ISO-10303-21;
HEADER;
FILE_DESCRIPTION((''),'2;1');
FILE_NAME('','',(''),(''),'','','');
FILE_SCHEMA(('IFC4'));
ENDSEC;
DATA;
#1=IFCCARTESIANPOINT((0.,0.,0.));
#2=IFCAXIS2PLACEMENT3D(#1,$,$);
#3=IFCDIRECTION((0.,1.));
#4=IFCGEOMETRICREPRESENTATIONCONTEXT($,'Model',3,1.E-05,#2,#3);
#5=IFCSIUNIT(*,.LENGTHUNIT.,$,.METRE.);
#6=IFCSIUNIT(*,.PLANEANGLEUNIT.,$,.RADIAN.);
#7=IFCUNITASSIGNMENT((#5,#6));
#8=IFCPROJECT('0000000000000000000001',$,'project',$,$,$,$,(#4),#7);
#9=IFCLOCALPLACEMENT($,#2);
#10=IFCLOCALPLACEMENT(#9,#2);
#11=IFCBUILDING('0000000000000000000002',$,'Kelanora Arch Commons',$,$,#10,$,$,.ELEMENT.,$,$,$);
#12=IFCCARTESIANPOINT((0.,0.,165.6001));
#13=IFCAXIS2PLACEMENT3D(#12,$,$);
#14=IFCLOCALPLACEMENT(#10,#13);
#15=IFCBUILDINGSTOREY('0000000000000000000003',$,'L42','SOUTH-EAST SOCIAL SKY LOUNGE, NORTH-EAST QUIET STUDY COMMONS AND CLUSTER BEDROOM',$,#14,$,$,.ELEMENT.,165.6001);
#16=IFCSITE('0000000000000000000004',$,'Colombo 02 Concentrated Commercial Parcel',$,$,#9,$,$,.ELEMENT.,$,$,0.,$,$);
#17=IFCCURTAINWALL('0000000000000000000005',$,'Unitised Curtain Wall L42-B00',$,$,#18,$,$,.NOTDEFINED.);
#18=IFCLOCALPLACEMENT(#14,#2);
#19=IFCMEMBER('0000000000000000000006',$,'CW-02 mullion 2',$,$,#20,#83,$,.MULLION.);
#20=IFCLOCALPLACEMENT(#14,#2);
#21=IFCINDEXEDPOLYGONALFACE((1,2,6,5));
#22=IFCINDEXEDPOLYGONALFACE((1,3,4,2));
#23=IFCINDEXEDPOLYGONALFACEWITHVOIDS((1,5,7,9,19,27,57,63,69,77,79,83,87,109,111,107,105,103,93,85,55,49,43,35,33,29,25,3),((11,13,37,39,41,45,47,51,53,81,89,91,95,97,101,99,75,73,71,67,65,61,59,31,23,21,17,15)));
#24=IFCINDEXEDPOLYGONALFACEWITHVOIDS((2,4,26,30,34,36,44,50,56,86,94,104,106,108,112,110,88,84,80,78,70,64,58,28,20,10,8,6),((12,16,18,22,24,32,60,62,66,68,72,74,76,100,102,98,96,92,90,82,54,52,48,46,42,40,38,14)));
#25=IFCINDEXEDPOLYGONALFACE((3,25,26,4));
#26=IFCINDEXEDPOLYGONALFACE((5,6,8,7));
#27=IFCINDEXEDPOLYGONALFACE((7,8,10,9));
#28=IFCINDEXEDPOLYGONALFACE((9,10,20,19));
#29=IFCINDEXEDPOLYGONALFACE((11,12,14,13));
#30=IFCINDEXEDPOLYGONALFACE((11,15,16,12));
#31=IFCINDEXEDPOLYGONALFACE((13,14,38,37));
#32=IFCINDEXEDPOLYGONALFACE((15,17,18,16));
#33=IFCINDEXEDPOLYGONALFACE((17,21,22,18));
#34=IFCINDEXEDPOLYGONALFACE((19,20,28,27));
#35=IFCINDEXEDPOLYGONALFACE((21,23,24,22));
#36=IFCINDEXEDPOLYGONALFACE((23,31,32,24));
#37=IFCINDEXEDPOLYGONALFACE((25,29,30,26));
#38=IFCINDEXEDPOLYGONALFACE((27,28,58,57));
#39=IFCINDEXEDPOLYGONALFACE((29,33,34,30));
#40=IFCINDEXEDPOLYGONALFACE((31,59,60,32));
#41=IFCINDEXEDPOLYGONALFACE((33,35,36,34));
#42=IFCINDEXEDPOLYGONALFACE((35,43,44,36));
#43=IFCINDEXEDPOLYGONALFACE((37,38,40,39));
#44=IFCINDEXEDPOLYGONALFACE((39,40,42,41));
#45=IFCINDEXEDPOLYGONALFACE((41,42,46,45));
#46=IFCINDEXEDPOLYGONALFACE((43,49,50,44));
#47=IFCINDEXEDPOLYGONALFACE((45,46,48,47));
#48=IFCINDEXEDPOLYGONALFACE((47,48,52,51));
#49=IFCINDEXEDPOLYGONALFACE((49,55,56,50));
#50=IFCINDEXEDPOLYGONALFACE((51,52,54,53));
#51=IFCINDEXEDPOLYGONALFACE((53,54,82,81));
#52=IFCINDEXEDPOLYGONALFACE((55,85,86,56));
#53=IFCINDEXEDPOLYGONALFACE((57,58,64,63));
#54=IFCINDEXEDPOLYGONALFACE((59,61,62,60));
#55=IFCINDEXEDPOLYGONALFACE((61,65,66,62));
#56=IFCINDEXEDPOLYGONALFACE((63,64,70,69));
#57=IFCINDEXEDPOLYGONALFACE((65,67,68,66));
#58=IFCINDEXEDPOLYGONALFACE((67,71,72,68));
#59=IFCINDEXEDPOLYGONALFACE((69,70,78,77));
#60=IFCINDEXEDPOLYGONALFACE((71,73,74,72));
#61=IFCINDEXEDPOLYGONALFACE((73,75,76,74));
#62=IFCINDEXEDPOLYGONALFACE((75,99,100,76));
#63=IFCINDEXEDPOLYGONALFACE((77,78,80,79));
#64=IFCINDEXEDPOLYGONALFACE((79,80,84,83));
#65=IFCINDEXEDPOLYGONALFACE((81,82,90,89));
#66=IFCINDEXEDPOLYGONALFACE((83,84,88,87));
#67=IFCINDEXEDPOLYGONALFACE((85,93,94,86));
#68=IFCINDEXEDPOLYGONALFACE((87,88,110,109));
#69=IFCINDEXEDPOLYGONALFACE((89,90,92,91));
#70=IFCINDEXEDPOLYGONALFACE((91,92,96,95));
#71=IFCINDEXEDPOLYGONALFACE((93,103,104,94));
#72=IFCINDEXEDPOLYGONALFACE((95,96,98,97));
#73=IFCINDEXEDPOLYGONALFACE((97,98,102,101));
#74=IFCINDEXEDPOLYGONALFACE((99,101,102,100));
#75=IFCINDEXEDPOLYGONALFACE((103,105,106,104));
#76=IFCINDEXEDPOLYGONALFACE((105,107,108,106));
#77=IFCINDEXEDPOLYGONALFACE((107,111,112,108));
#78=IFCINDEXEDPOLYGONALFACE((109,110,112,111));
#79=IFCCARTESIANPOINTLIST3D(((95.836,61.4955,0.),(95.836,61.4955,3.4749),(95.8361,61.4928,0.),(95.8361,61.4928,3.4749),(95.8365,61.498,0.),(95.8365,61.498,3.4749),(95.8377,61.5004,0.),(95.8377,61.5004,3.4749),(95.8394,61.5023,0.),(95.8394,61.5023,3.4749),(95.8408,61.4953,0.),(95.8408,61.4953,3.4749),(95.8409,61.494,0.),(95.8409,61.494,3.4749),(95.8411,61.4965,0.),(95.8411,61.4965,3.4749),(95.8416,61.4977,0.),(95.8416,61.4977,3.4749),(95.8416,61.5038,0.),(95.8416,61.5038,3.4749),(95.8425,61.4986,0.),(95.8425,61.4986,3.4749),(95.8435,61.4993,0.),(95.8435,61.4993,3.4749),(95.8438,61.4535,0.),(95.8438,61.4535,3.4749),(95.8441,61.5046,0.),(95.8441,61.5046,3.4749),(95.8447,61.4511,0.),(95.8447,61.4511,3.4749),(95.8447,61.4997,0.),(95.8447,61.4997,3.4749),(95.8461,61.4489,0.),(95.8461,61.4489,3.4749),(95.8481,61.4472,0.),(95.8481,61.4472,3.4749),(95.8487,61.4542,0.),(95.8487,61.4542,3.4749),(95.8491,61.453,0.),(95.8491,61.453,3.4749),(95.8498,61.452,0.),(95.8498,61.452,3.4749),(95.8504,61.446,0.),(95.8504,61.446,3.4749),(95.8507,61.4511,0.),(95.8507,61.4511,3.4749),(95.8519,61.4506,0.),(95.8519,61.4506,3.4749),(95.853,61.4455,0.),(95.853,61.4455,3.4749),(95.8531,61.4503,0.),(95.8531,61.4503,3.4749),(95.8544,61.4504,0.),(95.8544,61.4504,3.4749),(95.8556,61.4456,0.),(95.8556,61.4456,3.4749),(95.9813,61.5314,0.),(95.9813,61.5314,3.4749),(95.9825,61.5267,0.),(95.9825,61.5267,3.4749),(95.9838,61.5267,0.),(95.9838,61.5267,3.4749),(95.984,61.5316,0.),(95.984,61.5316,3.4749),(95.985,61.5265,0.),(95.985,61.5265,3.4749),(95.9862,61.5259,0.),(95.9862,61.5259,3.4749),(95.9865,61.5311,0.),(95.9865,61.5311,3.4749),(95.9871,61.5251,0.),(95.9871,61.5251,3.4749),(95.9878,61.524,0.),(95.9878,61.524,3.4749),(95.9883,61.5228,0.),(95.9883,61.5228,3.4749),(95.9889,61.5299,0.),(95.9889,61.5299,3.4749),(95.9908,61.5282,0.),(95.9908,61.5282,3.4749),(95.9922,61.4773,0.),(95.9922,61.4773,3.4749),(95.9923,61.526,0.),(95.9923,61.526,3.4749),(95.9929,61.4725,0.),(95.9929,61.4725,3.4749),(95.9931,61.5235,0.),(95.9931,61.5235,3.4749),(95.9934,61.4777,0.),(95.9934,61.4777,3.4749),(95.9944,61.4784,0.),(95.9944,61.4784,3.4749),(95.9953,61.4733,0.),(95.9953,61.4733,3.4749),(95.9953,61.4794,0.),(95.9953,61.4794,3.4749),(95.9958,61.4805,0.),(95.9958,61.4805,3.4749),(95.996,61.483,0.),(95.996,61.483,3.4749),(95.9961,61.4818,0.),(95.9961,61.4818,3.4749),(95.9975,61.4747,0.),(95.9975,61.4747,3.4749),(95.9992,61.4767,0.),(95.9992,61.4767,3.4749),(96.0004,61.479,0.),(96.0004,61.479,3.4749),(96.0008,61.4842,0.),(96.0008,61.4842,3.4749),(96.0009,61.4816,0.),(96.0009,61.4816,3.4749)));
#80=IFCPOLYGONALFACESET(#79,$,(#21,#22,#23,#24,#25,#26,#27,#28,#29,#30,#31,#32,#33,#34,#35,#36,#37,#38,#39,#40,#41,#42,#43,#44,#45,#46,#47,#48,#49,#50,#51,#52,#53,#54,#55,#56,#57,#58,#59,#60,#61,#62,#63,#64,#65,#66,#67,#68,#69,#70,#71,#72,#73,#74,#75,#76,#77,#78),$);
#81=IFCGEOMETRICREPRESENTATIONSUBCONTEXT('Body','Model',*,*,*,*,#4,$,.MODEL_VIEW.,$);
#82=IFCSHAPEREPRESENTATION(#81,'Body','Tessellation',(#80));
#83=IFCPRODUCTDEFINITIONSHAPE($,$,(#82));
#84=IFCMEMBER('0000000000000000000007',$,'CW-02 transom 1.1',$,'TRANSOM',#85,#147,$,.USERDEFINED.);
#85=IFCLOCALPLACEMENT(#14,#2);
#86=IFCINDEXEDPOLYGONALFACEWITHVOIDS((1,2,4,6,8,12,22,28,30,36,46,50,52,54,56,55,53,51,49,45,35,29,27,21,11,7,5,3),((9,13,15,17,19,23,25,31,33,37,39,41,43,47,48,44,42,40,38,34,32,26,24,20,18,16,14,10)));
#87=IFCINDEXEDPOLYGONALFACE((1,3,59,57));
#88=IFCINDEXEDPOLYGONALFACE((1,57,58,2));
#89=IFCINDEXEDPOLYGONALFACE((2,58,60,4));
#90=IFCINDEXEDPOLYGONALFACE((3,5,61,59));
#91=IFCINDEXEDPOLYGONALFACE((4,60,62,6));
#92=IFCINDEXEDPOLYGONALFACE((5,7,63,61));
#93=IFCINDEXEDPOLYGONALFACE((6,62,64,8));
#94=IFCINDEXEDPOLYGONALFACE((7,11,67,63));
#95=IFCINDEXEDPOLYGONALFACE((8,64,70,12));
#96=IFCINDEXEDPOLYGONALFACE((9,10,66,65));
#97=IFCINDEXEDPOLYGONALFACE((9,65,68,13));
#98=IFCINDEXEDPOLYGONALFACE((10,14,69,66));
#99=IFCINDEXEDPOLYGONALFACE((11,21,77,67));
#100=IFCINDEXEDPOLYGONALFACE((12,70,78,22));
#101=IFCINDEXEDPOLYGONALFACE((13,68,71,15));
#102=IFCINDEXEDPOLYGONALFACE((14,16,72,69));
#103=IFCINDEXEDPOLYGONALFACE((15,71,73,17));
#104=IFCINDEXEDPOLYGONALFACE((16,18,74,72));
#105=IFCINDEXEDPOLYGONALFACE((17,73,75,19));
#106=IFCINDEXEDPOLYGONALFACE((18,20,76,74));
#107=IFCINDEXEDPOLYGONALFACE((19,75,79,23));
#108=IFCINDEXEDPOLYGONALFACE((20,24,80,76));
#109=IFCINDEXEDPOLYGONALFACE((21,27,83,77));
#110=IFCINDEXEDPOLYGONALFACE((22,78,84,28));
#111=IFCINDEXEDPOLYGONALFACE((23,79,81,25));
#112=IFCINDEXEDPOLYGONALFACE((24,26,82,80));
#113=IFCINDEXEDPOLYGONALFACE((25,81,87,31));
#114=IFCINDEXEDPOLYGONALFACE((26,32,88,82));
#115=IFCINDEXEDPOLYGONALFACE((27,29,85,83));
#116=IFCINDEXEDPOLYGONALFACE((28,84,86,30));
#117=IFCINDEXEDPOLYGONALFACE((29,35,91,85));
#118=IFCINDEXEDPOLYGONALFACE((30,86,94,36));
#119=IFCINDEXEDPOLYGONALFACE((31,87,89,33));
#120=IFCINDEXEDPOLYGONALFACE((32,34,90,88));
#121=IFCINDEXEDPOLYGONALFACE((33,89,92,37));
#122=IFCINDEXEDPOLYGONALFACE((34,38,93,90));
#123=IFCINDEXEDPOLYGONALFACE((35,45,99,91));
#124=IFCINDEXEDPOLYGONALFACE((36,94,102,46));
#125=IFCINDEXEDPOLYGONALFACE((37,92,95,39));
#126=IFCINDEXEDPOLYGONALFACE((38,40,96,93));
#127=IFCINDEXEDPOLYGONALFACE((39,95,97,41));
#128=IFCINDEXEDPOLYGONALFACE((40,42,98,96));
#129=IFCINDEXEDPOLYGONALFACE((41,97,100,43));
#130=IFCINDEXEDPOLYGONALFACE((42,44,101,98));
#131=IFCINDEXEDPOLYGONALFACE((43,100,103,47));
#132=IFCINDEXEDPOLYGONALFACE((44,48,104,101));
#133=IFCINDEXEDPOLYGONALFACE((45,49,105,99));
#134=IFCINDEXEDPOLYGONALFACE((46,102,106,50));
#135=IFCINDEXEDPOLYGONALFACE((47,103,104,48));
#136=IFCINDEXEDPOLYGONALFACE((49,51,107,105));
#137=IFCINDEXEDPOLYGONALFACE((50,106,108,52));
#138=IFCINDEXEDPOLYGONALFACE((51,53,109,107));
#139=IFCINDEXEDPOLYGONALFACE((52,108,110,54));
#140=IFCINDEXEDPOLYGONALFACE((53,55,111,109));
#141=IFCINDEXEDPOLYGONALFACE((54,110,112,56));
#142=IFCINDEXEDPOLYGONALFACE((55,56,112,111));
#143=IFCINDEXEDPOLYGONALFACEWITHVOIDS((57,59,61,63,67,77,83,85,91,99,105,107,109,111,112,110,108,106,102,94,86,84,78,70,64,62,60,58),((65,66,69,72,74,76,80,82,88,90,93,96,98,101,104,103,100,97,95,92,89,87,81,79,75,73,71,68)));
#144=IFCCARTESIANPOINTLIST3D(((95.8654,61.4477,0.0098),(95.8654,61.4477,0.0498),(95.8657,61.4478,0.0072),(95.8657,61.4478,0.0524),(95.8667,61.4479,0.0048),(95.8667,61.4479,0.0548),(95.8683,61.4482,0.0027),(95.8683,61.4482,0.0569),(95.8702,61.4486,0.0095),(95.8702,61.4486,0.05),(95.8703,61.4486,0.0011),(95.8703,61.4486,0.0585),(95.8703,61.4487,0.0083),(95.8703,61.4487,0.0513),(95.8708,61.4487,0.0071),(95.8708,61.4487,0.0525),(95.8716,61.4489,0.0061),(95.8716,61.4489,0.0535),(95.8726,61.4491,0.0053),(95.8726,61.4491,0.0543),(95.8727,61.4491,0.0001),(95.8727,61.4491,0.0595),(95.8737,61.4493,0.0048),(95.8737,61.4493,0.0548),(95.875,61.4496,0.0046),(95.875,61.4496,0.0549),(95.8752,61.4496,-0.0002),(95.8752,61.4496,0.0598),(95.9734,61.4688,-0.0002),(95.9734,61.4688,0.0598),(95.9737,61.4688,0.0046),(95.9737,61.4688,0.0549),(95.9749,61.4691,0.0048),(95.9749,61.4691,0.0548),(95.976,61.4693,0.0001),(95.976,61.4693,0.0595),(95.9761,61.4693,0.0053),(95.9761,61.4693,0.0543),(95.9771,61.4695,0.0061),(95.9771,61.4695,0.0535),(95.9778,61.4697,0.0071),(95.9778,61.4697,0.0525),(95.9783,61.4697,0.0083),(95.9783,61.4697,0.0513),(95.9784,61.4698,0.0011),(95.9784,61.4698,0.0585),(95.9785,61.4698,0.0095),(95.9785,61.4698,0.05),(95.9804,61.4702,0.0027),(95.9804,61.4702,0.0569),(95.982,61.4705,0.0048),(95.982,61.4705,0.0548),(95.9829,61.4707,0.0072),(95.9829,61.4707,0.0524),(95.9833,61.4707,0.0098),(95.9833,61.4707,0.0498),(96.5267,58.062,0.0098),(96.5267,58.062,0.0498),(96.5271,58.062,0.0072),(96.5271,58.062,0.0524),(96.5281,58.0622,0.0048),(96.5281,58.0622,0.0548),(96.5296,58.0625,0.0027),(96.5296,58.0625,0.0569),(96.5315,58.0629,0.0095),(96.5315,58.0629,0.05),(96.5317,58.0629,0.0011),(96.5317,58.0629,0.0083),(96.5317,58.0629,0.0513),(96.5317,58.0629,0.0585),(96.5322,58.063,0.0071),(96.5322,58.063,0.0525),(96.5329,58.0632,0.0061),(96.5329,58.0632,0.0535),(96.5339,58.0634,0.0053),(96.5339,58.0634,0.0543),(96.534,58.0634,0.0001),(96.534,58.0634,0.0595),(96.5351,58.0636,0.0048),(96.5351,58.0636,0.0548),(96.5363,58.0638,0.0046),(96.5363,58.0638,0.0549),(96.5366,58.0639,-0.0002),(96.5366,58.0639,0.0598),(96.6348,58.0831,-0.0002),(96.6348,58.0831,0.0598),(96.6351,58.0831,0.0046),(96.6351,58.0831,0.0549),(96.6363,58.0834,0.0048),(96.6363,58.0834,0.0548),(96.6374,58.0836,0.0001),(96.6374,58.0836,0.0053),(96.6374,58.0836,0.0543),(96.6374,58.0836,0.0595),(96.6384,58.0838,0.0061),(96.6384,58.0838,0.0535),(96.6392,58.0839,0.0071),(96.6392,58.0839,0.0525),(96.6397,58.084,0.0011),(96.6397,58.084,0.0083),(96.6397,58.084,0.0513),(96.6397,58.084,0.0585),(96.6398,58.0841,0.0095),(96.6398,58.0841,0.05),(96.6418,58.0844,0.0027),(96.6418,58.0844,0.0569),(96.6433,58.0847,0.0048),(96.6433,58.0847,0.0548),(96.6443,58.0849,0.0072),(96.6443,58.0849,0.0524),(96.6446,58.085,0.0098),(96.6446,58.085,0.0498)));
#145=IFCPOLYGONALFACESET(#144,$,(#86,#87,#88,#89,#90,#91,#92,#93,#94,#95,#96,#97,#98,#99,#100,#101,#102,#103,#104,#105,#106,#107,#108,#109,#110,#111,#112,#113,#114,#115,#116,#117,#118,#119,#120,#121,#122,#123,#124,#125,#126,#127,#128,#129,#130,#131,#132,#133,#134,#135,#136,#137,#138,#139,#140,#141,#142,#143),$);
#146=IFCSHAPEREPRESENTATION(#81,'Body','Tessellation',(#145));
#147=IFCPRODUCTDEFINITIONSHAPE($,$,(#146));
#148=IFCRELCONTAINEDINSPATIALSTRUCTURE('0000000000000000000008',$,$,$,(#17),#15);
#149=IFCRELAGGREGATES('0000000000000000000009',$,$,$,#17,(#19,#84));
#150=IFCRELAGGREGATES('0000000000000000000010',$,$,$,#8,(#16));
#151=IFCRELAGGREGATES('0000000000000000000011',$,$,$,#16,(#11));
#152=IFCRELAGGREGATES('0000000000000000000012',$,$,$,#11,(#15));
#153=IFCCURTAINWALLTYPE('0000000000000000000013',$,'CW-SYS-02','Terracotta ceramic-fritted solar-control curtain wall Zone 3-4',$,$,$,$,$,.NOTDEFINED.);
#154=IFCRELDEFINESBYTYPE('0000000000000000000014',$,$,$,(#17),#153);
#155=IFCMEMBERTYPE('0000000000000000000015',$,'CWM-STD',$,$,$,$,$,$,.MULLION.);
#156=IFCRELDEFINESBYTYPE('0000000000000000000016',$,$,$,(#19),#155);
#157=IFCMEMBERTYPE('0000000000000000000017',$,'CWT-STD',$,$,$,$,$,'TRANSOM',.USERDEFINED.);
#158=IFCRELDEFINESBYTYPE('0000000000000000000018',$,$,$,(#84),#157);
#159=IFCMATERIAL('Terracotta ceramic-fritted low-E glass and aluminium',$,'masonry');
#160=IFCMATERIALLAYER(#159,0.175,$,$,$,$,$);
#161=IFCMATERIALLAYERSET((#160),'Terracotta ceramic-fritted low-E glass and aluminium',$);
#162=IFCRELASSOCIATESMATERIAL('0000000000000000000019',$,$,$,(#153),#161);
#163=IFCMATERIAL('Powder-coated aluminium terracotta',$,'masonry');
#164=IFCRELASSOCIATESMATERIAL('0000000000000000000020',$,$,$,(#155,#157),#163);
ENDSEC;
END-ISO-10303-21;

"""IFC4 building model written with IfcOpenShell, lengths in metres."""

from ifc_helpers import new_model, si_unit, direction, frame, origin, origin_2d, place, context, subcontext, project, spatial, hollow_rectangle, extrude, material, layer, layer_set, material_profile, profile_set, type_object, element, aggregate, save


model = new_model("IFC4")

# Units and contexts
model_context = context("Model", 3, precision=1e-05, world=origin(), true_north=direction((0.0, 1.0)))
body_context = subcontext(model_context, "Body", "Model", "MODEL_VIEW")
ifc_project = project(units=[si_unit("LENGTHUNIT", "METRE"), si_unit("PLANEANGLEUNIT", "RADIAN")], contexts=[model_context])

# Site, building, storey
site_placement = place(None, origin())
site = spatial("IfcSite", under=ifc_project, at=site_placement, Name="Colombo 02 Concentrated Commercial Parcel", CompositionType="ELEMENT", RefElevation=0.0)
building_placement = place(site_placement, origin())
building = spatial("IfcBuilding", under=site, at=building_placement, Name="Kelanora Arch Commons", CompositionType="ELEMENT")
storey_placement = place(building_placement, frame((0.0, 0.0, 165.6001)))
storey = spatial("IfcBuildingStorey", under=building, at=storey_placement, Name="L42", Description="SOUTH-EAST SOCIAL SKY LOUNGE, NORTH-EAST QUIET STUDY COMMONS AND CLUSTER BEDROOM", CompositionType="ELEMENT", Elevation=165.6001)

# Curtain wall, members
ifc_material_1 = material(Name="Terracotta ceramic-fritted low-E glass and aluminium", Category="masonry")
ifc_layer_1 = layer(ifc_material_1, 0.175)
ifc_layer_set_1 = layer_set([ifc_layer_1], Name="Terracotta ceramic-fritted low-E glass and aluminium")
curtain_wall_type = type_object("IfcCurtainWallType", Name="CW-SYS-02", Description="Terracotta ceramic-fritted solar-control curtain wall Zone 3-4", PredefinedType="NOTDEFINED", material=ifc_layer_set_1)
curtain_wall_placement = place(storey_placement, origin())
curtain_wall = element("IfcCurtainWall", 1, at=curtain_wall_placement, inside=storey, type_object=curtain_wall_type, Name="Unitised Curtain Wall L42-B00", PredefinedType="NOTDEFINED")
ifc_material_2 = material(Name="Powder-coated aluminium terracotta", Category="masonry")
ifc_material_profile_1 = material_profile(ifc_material_2, hollow_rectangle(XDim=0.1599, YDim=0.0601, WallThickness=0.0049, InnerFilletRadius=0.0049, OuterFilletRadius=0.01, at=origin_2d()), Name="CWM160x60")
ifc_profile_set_1 = profile_set([ifc_material_profile_1], Name="Powder-coated aluminium terracotta")
member_type_1 = type_object("IfcMemberType", Name="CWM-STD", PredefinedType="MULLION", material=ifc_profile_set_1)
member_1_placement = place(storey_placement, frame((95.9185, 61.4885, 0.0), z_axis=(0.0, 0.0, 1.0), x_axis=(-0.981453, -0.191705, 0.0)))
member_1 = element("IfcMember", 2, at=member_1_placement, type_object=member_type_1, Name="CW-02 mullion 2", PredefinedType="MULLION", context=body_context, shape_type="SweptSolid", body=[
    extrude(hollow_rectangle(XDim=0.1599, YDim=0.0601, WallThickness=0.0049, InnerFilletRadius=0.0049, OuterFilletRadius=0.01, at=origin_2d()), origin(), (0.0, 0.0, 1.0), 3.4749),
])
ifc_material_profile_2 = material_profile(ifc_material_2, hollow_rectangle(XDim=0.1201, YDim=0.0601, WallThickness=0.0049, InnerFilletRadius=0.0049, OuterFilletRadius=0.01, at=origin_2d()), Name="CWT120x60")
ifc_profile_set_2 = profile_set([ifc_material_profile_2], Name="Powder-coated aluminium terracotta")
member_type_2 = type_object("IfcMemberType", Name="CWT-STD", ElementType="TRANSOM", PredefinedType="USERDEFINED", material=ifc_profile_set_2)
member_2_placement = place(storey_placement, frame((96.5857, 58.0735, 0.0298), z_axis=(-0.191718, 0.98145, 0.0), x_axis=(-0.98145, -0.191718, 0.0)))
member_2 = element("IfcMember", 3, at=member_2_placement, type_object=member_type_2, Name="CW-02 transom 1.1", ObjectType="TRANSOM", PredefinedType="USERDEFINED", context=body_context, shape_type="SweptSolid", body=[
    extrude(hollow_rectangle(XDim=0.1201, YDim=0.0601, WallThickness=0.0049, InnerFilletRadius=0.0049, OuterFilletRadius=0.01, at=origin_2d()), origin(), (0.0, 0.0, 1.0), 3.4497),
])
aggregate(curtain_wall, [member_1, member_2])

save(model, "model.ifc")
